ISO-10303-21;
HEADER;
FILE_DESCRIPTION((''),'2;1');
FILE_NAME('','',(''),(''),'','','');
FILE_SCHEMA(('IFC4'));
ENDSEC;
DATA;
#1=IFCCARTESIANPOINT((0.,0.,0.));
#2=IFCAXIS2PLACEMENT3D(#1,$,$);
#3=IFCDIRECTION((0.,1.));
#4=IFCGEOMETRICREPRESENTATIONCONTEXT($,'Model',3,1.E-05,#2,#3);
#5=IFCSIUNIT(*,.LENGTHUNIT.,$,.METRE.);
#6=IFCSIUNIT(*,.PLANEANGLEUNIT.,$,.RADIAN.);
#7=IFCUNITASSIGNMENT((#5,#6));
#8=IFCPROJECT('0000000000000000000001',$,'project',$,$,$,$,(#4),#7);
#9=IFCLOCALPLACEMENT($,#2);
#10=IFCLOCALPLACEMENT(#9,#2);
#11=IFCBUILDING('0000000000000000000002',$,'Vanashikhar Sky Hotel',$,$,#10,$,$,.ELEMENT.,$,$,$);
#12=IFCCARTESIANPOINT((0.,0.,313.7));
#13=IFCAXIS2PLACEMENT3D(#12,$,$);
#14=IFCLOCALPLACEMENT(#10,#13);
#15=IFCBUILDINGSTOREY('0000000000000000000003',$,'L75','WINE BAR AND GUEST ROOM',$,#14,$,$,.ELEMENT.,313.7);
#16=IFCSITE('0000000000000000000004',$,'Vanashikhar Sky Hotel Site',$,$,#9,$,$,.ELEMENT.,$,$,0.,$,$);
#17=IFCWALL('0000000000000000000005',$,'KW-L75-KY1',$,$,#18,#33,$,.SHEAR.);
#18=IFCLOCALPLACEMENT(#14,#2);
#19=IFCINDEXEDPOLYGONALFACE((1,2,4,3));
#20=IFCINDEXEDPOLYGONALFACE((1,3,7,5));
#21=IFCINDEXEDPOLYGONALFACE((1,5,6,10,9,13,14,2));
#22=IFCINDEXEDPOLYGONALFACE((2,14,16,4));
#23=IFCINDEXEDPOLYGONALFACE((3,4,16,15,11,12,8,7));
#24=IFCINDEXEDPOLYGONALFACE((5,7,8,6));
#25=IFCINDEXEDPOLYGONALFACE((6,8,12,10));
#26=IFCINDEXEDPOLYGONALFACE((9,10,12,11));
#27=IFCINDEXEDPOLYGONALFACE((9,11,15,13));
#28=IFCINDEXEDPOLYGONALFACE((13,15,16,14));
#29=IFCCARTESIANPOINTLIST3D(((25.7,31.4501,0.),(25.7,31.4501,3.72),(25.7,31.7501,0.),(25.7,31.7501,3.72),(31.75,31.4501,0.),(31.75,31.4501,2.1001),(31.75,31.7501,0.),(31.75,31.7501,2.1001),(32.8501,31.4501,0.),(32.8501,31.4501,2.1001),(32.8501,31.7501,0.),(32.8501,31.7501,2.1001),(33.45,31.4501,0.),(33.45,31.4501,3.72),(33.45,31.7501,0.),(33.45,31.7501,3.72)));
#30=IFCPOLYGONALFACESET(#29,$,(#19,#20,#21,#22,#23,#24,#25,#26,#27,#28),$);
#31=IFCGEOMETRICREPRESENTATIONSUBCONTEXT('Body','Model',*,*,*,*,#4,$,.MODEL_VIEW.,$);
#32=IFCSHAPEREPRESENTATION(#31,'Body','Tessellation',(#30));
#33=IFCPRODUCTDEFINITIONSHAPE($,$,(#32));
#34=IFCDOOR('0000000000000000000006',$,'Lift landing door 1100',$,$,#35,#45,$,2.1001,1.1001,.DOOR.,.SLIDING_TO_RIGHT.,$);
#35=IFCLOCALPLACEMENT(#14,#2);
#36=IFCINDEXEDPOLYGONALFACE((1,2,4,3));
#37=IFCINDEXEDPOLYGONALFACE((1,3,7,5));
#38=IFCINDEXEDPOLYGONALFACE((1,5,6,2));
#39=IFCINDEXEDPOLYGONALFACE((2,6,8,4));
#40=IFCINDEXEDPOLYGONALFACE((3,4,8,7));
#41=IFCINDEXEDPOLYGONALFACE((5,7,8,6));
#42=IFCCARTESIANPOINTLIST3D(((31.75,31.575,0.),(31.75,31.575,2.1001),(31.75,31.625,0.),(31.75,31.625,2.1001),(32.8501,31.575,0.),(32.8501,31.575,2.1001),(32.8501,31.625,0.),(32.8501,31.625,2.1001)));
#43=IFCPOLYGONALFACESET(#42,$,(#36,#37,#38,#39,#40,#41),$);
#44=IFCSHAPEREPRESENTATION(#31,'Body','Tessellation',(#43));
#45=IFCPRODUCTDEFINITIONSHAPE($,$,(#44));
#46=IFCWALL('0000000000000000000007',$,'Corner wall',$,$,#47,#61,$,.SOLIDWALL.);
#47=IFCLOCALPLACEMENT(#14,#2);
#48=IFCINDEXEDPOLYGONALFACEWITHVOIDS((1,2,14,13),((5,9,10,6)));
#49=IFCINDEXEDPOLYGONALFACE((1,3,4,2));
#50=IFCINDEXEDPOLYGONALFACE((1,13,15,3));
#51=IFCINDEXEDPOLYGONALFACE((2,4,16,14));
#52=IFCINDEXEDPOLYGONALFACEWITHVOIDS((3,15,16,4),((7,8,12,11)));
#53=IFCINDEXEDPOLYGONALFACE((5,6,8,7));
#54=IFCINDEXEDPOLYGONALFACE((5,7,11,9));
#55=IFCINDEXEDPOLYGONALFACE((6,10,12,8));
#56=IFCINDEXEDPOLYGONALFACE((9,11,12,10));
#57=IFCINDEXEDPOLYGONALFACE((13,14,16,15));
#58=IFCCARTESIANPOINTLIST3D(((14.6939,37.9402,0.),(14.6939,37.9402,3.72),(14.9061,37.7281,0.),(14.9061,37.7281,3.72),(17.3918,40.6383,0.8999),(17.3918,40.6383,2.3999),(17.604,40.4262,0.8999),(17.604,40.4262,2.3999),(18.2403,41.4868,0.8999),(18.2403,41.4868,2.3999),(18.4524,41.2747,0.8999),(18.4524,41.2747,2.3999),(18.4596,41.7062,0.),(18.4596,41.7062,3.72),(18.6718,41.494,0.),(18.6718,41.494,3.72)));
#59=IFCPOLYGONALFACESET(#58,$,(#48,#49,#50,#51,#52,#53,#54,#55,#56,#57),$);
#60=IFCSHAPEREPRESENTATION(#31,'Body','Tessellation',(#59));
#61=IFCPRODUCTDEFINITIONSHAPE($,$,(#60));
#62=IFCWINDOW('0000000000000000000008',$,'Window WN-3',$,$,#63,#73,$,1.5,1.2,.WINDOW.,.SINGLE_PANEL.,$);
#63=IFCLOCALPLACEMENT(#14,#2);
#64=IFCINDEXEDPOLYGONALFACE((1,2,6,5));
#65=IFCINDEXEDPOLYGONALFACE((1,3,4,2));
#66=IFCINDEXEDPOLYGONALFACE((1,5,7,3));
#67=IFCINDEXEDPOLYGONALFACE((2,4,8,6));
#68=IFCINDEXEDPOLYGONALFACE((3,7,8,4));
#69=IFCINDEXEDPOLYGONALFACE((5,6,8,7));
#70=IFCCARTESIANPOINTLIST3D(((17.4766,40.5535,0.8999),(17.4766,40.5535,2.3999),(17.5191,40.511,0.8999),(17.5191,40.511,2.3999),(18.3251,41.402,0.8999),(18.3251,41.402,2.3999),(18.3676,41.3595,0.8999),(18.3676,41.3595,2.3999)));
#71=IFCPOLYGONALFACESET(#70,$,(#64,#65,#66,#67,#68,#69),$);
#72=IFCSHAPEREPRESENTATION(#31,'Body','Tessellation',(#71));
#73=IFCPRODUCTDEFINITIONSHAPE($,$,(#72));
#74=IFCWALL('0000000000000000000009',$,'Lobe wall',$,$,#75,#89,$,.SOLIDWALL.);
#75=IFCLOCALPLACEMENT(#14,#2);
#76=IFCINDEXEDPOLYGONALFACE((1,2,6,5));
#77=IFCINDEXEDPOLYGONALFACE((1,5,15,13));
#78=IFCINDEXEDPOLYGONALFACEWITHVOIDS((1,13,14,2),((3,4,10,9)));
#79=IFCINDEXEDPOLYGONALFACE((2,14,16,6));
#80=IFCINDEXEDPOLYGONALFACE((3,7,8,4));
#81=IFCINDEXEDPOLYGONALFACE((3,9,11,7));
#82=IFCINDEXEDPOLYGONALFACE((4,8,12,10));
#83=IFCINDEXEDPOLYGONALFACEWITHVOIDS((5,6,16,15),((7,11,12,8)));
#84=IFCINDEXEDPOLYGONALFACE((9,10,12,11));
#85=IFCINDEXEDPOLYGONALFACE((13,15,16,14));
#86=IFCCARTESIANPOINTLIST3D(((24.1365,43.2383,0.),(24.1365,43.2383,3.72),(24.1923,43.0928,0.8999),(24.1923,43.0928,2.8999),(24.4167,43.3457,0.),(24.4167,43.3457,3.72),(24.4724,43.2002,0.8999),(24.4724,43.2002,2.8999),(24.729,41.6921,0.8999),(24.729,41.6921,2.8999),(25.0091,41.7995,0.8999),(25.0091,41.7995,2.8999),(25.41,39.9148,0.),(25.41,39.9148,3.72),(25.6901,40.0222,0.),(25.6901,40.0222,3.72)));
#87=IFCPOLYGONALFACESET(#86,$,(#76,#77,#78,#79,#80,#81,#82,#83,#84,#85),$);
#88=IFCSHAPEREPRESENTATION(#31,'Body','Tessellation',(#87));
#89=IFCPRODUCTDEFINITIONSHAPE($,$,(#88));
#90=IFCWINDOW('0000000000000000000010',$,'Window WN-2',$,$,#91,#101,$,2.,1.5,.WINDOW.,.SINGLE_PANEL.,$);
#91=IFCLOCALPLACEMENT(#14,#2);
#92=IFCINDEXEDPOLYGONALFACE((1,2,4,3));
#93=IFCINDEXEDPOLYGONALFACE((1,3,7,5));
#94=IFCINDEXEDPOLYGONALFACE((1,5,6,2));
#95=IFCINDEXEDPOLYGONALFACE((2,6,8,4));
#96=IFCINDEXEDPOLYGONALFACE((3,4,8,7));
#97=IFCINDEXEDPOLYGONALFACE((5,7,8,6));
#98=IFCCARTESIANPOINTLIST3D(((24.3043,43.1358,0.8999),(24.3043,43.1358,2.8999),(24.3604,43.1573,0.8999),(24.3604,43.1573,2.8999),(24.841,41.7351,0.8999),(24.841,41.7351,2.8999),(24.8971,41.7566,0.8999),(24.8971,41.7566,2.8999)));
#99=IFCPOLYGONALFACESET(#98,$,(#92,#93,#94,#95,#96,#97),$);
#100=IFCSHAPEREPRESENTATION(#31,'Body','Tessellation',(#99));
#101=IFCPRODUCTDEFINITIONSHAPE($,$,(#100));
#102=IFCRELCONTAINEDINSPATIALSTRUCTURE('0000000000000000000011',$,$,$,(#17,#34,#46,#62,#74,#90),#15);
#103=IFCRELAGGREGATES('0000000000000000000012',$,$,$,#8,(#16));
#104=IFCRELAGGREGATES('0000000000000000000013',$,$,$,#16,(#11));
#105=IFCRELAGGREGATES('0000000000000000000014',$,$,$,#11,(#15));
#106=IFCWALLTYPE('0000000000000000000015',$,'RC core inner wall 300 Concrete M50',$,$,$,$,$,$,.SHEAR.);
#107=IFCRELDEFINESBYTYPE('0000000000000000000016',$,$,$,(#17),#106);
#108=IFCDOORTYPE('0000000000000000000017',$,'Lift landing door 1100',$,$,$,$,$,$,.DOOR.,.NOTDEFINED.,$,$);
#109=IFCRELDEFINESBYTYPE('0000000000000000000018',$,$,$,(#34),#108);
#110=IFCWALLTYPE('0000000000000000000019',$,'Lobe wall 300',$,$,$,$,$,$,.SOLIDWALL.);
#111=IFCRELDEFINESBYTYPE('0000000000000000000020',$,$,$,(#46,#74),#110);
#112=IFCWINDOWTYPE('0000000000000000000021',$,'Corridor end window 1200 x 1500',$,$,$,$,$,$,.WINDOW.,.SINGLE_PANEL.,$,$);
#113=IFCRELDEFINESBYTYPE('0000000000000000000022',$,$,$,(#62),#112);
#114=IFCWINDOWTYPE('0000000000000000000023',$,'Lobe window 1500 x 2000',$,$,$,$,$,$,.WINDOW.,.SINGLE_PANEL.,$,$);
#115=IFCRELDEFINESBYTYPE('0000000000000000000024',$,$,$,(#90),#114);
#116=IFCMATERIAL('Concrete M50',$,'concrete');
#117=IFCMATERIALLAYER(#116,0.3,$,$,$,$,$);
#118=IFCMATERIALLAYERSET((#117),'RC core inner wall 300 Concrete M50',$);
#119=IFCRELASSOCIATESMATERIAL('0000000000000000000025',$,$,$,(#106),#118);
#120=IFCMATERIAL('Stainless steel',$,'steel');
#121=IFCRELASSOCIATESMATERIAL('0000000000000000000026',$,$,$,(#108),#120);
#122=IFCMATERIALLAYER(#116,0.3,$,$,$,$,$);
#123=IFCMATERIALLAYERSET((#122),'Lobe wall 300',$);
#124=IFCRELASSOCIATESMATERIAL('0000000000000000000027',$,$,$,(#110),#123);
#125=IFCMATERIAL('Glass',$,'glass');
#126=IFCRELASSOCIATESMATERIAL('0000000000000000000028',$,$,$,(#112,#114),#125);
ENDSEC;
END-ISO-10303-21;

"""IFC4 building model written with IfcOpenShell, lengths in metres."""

from ifc_helpers import new_model, si_unit, direction, frame, frame_2d, origin, place, context, subcontext, project, spatial, rectangle, extrude, source, transform, mapped, material, layer, layer_set, type_object, element, fill, save


model = new_model("IFC4")

# Units and contexts
model_context = context("Model", 3, precision=1e-05, world=origin(), true_north=direction((0.0, 1.0)))
body_context = subcontext(model_context, "Body", "Model", "MODEL_VIEW")
ifc_project = project(units=[si_unit("LENGTHUNIT", "METRE"), si_unit("PLANEANGLEUNIT", "RADIAN")], contexts=[model_context])

# Site, building, storey
site_placement = place(None, origin())
site = spatial("IfcSite", under=ifc_project, at=site_placement, Name="Vanashikhar Sky Hotel Site", CompositionType="ELEMENT", RefElevation=0.0)
building_placement = place(site_placement, origin())
building = spatial("IfcBuilding", under=site, at=building_placement, Name="Vanashikhar Sky Hotel", CompositionType="ELEMENT")
storey_placement = place(building_placement, frame((0.0, 0.0, 313.7)))
storey = spatial("IfcBuildingStorey", under=building, at=storey_placement, Name="L75", Description="WINE BAR AND GUEST ROOM", CompositionType="ELEMENT", Elevation=313.7)

# Wall, opening, door
ifc_material_1 = material(Name="Concrete M50", Category="concrete")
ifc_layer_1 = layer(ifc_material_1, 0.3)
ifc_layer_set_1 = layer_set([ifc_layer_1], Name="RC core inner wall 300 Concrete M50")
wall_type_1 = type_object("IfcWallType", Name="RC core inner wall 300 Concrete M50", PredefinedType="SHEAR", material=ifc_layer_set_1)
shared_shape_1 = source(origin(), body_context, "Body", "SweptSolid", [
    extrude(rectangle(XDim=7.75, YDim=0.3, at=frame_2d((3.875, 0.0))), origin(), (0.0, 0.0, 1.0), 3.72),
])
wall_1_placement = place(storey_placement, frame((25.7, 31.6001, 0.0), z_axis=(0.0, 0.0, 1.0), x_axis=(1.0, 0.0, 0.0)))
wall_1 = element("IfcWall", 1, at=wall_1_placement, inside=storey, type_object=wall_type_1, Name="KW-L75-KY1", PredefinedType="SHEAR", context=body_context, shape_type="MappedRepresentation", body=[
    mapped(shared_shape_1, transform((0.0, 0.0, 0.0), scale=1.0)),
])
shared_shape_2 = source(origin(), body_context, "Body", "SweptSolid", [
    extrude(rectangle(XDim=1.1001, YDim=2.1001, at=frame_2d((0.55, 1.05))), frame((0.0, 0.1602, 0.0), z_axis=(0.0, -1.0, 0.0), x_axis=(1.0, 0.0, 0.0)), (0.0, 0.0, 1.0), 0.3201),
])
opening_1_placement = place(wall_1_placement, frame((6.05, 0.0, 0.0)))
opening_1 = element("IfcOpeningElement", 2, at=opening_1_placement, cuts=wall_1, PredefinedType="OPENING", context=body_context, shape_type="MappedRepresentation", body=[
    mapped(shared_shape_2, transform((0.0, 0.0, 0.0), scale=1.0)),
])
ifc_material_2 = material(Name="Stainless steel", Category="steel")
door_type_1 = type_object("IfcDoorType", Name="Lift landing door 1100", OperationType="NOTDEFINED", PredefinedType="DOOR", material=ifc_material_2)
shared_shape_3 = source(origin(), body_context, "Body", "SweptSolid", [
    extrude(rectangle(XDim=1.1001, YDim=2.1001, at=frame_2d((0.55, 1.05))), frame((0.0, 0.0249, 0.0), z_axis=(0.0, -1.0, 0.0), x_axis=(1.0, 0.0, 0.0)), (0.0, 0.0, 1.0), 0.05),
])
door_1_placement = place(opening_1_placement, origin())
door_1 = element("IfcDoor", 3, at=door_1_placement, inside=storey, type_object=door_type_1, Name="Lift landing door 1100", OperationType="SLIDING_TO_RIGHT", OverallHeight=2.1001, OverallWidth=1.1001, PredefinedType="DOOR", context=body_context, shape_type="MappedRepresentation", body=[
    mapped(shared_shape_3, transform((0.0, 0.0, 0.0), scale=1.0)),
])
fill(opening_1, door_1)

# Walls, openings, windows
ifc_layer_2 = layer(ifc_material_1, 0.3)
ifc_layer_set_2 = layer_set([ifc_layer_2], Name="Lobe wall 300")
wall_type_2 = type_object("IfcWallType", Name="Lobe wall 300", PredefinedType="SOLIDWALL", material=ifc_layer_set_2)
shared_shape_4 = source(origin(), body_context, "Body", "SweptSolid", [
    extrude(rectangle(XDim=5.3257, YDim=0.3, at=frame_2d((2.6628, 0.0))), origin(), (0.0, 0.0, 1.0), 3.72),
])
wall_2_placement = place(storey_placement, frame((18.5657, 41.6001, 0.0), z_axis=(0.0, 0.0, 1.0), x_axis=(-0.707084, -0.70713, 0.0)))
wall_2 = element("IfcWall", 4, at=wall_2_placement, inside=storey, type_object=wall_type_2, Name="Corner wall", PredefinedType="SOLIDWALL", context=body_context, shape_type="MappedRepresentation", body=[
    mapped(shared_shape_4, transform((0.0, 0.0, 0.0), scale=1.0)),
])
shared_shape_5 = source(origin(), body_context, "Body", "SweptSolid", [
    extrude(rectangle(XDim=1.2, YDim=1.5, at=frame_2d((0.6001, 0.75))), frame((0.0, 0.1602, 0.0), z_axis=(0.0, -1.0, 0.0), x_axis=(1.0, 0.0, 0.0)), (0.0, 0.0, 1.0), 0.3201),
])
opening_2_placement = place(wall_2_placement, frame((0.3101, 0.0, 0.8999)))
opening_2 = element("IfcOpeningElement", 5, at=opening_2_placement, cuts=wall_2, PredefinedType="OPENING", context=body_context, shape_type="MappedRepresentation", body=[
    mapped(shared_shape_5, transform((0.0, 0.0, 0.0), scale=1.0)),
])
ifc_material_3 = material(Name="Glass", Category="glass")
window_type_1 = type_object("IfcWindowType", Name="Corridor end window 1200 x 1500", PartitioningType="SINGLE_PANEL", PredefinedType="WINDOW", material=ifc_material_3)
shared_shape_6 = source(origin(), body_context, "Body", "SweptSolid", [
    extrude(rectangle(XDim=1.2, YDim=1.5, at=frame_2d((0.6001, 0.75))), frame((0.0, 0.03, 0.0), z_axis=(0.0, -1.0, 0.0), x_axis=(1.0, 0.0, 0.0)), (0.0, 0.0, 1.0), 0.0601),
])
window_1_placement = place(opening_2_placement, origin())
window_1 = element("IfcWindow", 6, at=window_1_placement, inside=storey, type_object=window_type_1, Name="Window WN-3", OverallHeight=1.5, OverallWidth=1.2, PartitioningType="SINGLE_PANEL", PredefinedType="WINDOW", context=body_context, shape_type="MappedRepresentation", body=[
    mapped(shared_shape_6, transform((0.0, 0.0, 0.0), scale=1.0)),
])
fill(opening_2, window_1)
shared_shape_7 = source(origin(), body_context, "Body", "SweptSolid", [
    extrude(rectangle(XDim=3.5591, YDim=0.3, at=frame_2d((1.7795, 0.0))), origin(), (0.0, 0.0, 1.0), 3.72),
])
wall_3_placement = place(storey_placement, frame((25.55, 39.9685, 0.0), z_axis=(0.0, 0.0, 1.0), x_axis=(-0.357797, 0.933799, 0.0)))
wall_3 = element("IfcWall", 7, at=wall_3_placement, inside=storey, type_object=wall_type_2, Name="Lobe wall", PredefinedType="SOLIDWALL", context=body_context, shape_type="MappedRepresentation", body=[
    mapped(shared_shape_7, transform((0.0, 0.0, 0.0), scale=1.0)),
])
shared_shape_8 = source(origin(), body_context, "Body", "SweptSolid", [
    extrude(rectangle(XDim=1.5, YDim=2.0, at=frame_2d((0.75, 1.0))), frame((0.0, 0.1602, 0.0), z_axis=(0.0, -1.0, 0.0), x_axis=(1.0, 0.0, 0.0)), (0.0, 0.0, 1.0), 0.3201),
])
opening_3_placement = place(wall_3_placement, frame((1.9033, 0.0, 0.8999)))
opening_3 = element("IfcOpeningElement", 8, at=opening_3_placement, cuts=wall_3, PredefinedType="OPENING", context=body_context, shape_type="MappedRepresentation", body=[
    mapped(shared_shape_8, transform((0.0, 0.0, 0.0), scale=1.0)),
])
window_type_2 = type_object("IfcWindowType", Name="Lobe window 1500 x 2000", PartitioningType="SINGLE_PANEL", PredefinedType="WINDOW", material=ifc_material_3)
shared_shape_9 = source(origin(), body_context, "Body", "SweptSolid", [
    extrude(rectangle(XDim=1.5, YDim=2.0, at=frame_2d((0.75, 1.0))), frame((0.0, 0.03, 0.0), z_axis=(0.0, -1.0, 0.0), x_axis=(1.0, 0.0, 0.0)), (0.0, 0.0, 1.0), 0.0601),
])
window_2_placement = place(opening_3_placement, origin())
window_2 = element("IfcWindow", 9, at=window_2_placement, inside=storey, type_object=window_type_2, Name="Window WN-2", OverallHeight=2.0, OverallWidth=1.5, PartitioningType="SINGLE_PANEL", PredefinedType="WINDOW", context=body_context, shape_type="MappedRepresentation", body=[
    mapped(shared_shape_9, transform((0.0, 0.0, 0.0), scale=1.0)),
])
fill(opening_3, window_2)

save(model, "model.ifc")
